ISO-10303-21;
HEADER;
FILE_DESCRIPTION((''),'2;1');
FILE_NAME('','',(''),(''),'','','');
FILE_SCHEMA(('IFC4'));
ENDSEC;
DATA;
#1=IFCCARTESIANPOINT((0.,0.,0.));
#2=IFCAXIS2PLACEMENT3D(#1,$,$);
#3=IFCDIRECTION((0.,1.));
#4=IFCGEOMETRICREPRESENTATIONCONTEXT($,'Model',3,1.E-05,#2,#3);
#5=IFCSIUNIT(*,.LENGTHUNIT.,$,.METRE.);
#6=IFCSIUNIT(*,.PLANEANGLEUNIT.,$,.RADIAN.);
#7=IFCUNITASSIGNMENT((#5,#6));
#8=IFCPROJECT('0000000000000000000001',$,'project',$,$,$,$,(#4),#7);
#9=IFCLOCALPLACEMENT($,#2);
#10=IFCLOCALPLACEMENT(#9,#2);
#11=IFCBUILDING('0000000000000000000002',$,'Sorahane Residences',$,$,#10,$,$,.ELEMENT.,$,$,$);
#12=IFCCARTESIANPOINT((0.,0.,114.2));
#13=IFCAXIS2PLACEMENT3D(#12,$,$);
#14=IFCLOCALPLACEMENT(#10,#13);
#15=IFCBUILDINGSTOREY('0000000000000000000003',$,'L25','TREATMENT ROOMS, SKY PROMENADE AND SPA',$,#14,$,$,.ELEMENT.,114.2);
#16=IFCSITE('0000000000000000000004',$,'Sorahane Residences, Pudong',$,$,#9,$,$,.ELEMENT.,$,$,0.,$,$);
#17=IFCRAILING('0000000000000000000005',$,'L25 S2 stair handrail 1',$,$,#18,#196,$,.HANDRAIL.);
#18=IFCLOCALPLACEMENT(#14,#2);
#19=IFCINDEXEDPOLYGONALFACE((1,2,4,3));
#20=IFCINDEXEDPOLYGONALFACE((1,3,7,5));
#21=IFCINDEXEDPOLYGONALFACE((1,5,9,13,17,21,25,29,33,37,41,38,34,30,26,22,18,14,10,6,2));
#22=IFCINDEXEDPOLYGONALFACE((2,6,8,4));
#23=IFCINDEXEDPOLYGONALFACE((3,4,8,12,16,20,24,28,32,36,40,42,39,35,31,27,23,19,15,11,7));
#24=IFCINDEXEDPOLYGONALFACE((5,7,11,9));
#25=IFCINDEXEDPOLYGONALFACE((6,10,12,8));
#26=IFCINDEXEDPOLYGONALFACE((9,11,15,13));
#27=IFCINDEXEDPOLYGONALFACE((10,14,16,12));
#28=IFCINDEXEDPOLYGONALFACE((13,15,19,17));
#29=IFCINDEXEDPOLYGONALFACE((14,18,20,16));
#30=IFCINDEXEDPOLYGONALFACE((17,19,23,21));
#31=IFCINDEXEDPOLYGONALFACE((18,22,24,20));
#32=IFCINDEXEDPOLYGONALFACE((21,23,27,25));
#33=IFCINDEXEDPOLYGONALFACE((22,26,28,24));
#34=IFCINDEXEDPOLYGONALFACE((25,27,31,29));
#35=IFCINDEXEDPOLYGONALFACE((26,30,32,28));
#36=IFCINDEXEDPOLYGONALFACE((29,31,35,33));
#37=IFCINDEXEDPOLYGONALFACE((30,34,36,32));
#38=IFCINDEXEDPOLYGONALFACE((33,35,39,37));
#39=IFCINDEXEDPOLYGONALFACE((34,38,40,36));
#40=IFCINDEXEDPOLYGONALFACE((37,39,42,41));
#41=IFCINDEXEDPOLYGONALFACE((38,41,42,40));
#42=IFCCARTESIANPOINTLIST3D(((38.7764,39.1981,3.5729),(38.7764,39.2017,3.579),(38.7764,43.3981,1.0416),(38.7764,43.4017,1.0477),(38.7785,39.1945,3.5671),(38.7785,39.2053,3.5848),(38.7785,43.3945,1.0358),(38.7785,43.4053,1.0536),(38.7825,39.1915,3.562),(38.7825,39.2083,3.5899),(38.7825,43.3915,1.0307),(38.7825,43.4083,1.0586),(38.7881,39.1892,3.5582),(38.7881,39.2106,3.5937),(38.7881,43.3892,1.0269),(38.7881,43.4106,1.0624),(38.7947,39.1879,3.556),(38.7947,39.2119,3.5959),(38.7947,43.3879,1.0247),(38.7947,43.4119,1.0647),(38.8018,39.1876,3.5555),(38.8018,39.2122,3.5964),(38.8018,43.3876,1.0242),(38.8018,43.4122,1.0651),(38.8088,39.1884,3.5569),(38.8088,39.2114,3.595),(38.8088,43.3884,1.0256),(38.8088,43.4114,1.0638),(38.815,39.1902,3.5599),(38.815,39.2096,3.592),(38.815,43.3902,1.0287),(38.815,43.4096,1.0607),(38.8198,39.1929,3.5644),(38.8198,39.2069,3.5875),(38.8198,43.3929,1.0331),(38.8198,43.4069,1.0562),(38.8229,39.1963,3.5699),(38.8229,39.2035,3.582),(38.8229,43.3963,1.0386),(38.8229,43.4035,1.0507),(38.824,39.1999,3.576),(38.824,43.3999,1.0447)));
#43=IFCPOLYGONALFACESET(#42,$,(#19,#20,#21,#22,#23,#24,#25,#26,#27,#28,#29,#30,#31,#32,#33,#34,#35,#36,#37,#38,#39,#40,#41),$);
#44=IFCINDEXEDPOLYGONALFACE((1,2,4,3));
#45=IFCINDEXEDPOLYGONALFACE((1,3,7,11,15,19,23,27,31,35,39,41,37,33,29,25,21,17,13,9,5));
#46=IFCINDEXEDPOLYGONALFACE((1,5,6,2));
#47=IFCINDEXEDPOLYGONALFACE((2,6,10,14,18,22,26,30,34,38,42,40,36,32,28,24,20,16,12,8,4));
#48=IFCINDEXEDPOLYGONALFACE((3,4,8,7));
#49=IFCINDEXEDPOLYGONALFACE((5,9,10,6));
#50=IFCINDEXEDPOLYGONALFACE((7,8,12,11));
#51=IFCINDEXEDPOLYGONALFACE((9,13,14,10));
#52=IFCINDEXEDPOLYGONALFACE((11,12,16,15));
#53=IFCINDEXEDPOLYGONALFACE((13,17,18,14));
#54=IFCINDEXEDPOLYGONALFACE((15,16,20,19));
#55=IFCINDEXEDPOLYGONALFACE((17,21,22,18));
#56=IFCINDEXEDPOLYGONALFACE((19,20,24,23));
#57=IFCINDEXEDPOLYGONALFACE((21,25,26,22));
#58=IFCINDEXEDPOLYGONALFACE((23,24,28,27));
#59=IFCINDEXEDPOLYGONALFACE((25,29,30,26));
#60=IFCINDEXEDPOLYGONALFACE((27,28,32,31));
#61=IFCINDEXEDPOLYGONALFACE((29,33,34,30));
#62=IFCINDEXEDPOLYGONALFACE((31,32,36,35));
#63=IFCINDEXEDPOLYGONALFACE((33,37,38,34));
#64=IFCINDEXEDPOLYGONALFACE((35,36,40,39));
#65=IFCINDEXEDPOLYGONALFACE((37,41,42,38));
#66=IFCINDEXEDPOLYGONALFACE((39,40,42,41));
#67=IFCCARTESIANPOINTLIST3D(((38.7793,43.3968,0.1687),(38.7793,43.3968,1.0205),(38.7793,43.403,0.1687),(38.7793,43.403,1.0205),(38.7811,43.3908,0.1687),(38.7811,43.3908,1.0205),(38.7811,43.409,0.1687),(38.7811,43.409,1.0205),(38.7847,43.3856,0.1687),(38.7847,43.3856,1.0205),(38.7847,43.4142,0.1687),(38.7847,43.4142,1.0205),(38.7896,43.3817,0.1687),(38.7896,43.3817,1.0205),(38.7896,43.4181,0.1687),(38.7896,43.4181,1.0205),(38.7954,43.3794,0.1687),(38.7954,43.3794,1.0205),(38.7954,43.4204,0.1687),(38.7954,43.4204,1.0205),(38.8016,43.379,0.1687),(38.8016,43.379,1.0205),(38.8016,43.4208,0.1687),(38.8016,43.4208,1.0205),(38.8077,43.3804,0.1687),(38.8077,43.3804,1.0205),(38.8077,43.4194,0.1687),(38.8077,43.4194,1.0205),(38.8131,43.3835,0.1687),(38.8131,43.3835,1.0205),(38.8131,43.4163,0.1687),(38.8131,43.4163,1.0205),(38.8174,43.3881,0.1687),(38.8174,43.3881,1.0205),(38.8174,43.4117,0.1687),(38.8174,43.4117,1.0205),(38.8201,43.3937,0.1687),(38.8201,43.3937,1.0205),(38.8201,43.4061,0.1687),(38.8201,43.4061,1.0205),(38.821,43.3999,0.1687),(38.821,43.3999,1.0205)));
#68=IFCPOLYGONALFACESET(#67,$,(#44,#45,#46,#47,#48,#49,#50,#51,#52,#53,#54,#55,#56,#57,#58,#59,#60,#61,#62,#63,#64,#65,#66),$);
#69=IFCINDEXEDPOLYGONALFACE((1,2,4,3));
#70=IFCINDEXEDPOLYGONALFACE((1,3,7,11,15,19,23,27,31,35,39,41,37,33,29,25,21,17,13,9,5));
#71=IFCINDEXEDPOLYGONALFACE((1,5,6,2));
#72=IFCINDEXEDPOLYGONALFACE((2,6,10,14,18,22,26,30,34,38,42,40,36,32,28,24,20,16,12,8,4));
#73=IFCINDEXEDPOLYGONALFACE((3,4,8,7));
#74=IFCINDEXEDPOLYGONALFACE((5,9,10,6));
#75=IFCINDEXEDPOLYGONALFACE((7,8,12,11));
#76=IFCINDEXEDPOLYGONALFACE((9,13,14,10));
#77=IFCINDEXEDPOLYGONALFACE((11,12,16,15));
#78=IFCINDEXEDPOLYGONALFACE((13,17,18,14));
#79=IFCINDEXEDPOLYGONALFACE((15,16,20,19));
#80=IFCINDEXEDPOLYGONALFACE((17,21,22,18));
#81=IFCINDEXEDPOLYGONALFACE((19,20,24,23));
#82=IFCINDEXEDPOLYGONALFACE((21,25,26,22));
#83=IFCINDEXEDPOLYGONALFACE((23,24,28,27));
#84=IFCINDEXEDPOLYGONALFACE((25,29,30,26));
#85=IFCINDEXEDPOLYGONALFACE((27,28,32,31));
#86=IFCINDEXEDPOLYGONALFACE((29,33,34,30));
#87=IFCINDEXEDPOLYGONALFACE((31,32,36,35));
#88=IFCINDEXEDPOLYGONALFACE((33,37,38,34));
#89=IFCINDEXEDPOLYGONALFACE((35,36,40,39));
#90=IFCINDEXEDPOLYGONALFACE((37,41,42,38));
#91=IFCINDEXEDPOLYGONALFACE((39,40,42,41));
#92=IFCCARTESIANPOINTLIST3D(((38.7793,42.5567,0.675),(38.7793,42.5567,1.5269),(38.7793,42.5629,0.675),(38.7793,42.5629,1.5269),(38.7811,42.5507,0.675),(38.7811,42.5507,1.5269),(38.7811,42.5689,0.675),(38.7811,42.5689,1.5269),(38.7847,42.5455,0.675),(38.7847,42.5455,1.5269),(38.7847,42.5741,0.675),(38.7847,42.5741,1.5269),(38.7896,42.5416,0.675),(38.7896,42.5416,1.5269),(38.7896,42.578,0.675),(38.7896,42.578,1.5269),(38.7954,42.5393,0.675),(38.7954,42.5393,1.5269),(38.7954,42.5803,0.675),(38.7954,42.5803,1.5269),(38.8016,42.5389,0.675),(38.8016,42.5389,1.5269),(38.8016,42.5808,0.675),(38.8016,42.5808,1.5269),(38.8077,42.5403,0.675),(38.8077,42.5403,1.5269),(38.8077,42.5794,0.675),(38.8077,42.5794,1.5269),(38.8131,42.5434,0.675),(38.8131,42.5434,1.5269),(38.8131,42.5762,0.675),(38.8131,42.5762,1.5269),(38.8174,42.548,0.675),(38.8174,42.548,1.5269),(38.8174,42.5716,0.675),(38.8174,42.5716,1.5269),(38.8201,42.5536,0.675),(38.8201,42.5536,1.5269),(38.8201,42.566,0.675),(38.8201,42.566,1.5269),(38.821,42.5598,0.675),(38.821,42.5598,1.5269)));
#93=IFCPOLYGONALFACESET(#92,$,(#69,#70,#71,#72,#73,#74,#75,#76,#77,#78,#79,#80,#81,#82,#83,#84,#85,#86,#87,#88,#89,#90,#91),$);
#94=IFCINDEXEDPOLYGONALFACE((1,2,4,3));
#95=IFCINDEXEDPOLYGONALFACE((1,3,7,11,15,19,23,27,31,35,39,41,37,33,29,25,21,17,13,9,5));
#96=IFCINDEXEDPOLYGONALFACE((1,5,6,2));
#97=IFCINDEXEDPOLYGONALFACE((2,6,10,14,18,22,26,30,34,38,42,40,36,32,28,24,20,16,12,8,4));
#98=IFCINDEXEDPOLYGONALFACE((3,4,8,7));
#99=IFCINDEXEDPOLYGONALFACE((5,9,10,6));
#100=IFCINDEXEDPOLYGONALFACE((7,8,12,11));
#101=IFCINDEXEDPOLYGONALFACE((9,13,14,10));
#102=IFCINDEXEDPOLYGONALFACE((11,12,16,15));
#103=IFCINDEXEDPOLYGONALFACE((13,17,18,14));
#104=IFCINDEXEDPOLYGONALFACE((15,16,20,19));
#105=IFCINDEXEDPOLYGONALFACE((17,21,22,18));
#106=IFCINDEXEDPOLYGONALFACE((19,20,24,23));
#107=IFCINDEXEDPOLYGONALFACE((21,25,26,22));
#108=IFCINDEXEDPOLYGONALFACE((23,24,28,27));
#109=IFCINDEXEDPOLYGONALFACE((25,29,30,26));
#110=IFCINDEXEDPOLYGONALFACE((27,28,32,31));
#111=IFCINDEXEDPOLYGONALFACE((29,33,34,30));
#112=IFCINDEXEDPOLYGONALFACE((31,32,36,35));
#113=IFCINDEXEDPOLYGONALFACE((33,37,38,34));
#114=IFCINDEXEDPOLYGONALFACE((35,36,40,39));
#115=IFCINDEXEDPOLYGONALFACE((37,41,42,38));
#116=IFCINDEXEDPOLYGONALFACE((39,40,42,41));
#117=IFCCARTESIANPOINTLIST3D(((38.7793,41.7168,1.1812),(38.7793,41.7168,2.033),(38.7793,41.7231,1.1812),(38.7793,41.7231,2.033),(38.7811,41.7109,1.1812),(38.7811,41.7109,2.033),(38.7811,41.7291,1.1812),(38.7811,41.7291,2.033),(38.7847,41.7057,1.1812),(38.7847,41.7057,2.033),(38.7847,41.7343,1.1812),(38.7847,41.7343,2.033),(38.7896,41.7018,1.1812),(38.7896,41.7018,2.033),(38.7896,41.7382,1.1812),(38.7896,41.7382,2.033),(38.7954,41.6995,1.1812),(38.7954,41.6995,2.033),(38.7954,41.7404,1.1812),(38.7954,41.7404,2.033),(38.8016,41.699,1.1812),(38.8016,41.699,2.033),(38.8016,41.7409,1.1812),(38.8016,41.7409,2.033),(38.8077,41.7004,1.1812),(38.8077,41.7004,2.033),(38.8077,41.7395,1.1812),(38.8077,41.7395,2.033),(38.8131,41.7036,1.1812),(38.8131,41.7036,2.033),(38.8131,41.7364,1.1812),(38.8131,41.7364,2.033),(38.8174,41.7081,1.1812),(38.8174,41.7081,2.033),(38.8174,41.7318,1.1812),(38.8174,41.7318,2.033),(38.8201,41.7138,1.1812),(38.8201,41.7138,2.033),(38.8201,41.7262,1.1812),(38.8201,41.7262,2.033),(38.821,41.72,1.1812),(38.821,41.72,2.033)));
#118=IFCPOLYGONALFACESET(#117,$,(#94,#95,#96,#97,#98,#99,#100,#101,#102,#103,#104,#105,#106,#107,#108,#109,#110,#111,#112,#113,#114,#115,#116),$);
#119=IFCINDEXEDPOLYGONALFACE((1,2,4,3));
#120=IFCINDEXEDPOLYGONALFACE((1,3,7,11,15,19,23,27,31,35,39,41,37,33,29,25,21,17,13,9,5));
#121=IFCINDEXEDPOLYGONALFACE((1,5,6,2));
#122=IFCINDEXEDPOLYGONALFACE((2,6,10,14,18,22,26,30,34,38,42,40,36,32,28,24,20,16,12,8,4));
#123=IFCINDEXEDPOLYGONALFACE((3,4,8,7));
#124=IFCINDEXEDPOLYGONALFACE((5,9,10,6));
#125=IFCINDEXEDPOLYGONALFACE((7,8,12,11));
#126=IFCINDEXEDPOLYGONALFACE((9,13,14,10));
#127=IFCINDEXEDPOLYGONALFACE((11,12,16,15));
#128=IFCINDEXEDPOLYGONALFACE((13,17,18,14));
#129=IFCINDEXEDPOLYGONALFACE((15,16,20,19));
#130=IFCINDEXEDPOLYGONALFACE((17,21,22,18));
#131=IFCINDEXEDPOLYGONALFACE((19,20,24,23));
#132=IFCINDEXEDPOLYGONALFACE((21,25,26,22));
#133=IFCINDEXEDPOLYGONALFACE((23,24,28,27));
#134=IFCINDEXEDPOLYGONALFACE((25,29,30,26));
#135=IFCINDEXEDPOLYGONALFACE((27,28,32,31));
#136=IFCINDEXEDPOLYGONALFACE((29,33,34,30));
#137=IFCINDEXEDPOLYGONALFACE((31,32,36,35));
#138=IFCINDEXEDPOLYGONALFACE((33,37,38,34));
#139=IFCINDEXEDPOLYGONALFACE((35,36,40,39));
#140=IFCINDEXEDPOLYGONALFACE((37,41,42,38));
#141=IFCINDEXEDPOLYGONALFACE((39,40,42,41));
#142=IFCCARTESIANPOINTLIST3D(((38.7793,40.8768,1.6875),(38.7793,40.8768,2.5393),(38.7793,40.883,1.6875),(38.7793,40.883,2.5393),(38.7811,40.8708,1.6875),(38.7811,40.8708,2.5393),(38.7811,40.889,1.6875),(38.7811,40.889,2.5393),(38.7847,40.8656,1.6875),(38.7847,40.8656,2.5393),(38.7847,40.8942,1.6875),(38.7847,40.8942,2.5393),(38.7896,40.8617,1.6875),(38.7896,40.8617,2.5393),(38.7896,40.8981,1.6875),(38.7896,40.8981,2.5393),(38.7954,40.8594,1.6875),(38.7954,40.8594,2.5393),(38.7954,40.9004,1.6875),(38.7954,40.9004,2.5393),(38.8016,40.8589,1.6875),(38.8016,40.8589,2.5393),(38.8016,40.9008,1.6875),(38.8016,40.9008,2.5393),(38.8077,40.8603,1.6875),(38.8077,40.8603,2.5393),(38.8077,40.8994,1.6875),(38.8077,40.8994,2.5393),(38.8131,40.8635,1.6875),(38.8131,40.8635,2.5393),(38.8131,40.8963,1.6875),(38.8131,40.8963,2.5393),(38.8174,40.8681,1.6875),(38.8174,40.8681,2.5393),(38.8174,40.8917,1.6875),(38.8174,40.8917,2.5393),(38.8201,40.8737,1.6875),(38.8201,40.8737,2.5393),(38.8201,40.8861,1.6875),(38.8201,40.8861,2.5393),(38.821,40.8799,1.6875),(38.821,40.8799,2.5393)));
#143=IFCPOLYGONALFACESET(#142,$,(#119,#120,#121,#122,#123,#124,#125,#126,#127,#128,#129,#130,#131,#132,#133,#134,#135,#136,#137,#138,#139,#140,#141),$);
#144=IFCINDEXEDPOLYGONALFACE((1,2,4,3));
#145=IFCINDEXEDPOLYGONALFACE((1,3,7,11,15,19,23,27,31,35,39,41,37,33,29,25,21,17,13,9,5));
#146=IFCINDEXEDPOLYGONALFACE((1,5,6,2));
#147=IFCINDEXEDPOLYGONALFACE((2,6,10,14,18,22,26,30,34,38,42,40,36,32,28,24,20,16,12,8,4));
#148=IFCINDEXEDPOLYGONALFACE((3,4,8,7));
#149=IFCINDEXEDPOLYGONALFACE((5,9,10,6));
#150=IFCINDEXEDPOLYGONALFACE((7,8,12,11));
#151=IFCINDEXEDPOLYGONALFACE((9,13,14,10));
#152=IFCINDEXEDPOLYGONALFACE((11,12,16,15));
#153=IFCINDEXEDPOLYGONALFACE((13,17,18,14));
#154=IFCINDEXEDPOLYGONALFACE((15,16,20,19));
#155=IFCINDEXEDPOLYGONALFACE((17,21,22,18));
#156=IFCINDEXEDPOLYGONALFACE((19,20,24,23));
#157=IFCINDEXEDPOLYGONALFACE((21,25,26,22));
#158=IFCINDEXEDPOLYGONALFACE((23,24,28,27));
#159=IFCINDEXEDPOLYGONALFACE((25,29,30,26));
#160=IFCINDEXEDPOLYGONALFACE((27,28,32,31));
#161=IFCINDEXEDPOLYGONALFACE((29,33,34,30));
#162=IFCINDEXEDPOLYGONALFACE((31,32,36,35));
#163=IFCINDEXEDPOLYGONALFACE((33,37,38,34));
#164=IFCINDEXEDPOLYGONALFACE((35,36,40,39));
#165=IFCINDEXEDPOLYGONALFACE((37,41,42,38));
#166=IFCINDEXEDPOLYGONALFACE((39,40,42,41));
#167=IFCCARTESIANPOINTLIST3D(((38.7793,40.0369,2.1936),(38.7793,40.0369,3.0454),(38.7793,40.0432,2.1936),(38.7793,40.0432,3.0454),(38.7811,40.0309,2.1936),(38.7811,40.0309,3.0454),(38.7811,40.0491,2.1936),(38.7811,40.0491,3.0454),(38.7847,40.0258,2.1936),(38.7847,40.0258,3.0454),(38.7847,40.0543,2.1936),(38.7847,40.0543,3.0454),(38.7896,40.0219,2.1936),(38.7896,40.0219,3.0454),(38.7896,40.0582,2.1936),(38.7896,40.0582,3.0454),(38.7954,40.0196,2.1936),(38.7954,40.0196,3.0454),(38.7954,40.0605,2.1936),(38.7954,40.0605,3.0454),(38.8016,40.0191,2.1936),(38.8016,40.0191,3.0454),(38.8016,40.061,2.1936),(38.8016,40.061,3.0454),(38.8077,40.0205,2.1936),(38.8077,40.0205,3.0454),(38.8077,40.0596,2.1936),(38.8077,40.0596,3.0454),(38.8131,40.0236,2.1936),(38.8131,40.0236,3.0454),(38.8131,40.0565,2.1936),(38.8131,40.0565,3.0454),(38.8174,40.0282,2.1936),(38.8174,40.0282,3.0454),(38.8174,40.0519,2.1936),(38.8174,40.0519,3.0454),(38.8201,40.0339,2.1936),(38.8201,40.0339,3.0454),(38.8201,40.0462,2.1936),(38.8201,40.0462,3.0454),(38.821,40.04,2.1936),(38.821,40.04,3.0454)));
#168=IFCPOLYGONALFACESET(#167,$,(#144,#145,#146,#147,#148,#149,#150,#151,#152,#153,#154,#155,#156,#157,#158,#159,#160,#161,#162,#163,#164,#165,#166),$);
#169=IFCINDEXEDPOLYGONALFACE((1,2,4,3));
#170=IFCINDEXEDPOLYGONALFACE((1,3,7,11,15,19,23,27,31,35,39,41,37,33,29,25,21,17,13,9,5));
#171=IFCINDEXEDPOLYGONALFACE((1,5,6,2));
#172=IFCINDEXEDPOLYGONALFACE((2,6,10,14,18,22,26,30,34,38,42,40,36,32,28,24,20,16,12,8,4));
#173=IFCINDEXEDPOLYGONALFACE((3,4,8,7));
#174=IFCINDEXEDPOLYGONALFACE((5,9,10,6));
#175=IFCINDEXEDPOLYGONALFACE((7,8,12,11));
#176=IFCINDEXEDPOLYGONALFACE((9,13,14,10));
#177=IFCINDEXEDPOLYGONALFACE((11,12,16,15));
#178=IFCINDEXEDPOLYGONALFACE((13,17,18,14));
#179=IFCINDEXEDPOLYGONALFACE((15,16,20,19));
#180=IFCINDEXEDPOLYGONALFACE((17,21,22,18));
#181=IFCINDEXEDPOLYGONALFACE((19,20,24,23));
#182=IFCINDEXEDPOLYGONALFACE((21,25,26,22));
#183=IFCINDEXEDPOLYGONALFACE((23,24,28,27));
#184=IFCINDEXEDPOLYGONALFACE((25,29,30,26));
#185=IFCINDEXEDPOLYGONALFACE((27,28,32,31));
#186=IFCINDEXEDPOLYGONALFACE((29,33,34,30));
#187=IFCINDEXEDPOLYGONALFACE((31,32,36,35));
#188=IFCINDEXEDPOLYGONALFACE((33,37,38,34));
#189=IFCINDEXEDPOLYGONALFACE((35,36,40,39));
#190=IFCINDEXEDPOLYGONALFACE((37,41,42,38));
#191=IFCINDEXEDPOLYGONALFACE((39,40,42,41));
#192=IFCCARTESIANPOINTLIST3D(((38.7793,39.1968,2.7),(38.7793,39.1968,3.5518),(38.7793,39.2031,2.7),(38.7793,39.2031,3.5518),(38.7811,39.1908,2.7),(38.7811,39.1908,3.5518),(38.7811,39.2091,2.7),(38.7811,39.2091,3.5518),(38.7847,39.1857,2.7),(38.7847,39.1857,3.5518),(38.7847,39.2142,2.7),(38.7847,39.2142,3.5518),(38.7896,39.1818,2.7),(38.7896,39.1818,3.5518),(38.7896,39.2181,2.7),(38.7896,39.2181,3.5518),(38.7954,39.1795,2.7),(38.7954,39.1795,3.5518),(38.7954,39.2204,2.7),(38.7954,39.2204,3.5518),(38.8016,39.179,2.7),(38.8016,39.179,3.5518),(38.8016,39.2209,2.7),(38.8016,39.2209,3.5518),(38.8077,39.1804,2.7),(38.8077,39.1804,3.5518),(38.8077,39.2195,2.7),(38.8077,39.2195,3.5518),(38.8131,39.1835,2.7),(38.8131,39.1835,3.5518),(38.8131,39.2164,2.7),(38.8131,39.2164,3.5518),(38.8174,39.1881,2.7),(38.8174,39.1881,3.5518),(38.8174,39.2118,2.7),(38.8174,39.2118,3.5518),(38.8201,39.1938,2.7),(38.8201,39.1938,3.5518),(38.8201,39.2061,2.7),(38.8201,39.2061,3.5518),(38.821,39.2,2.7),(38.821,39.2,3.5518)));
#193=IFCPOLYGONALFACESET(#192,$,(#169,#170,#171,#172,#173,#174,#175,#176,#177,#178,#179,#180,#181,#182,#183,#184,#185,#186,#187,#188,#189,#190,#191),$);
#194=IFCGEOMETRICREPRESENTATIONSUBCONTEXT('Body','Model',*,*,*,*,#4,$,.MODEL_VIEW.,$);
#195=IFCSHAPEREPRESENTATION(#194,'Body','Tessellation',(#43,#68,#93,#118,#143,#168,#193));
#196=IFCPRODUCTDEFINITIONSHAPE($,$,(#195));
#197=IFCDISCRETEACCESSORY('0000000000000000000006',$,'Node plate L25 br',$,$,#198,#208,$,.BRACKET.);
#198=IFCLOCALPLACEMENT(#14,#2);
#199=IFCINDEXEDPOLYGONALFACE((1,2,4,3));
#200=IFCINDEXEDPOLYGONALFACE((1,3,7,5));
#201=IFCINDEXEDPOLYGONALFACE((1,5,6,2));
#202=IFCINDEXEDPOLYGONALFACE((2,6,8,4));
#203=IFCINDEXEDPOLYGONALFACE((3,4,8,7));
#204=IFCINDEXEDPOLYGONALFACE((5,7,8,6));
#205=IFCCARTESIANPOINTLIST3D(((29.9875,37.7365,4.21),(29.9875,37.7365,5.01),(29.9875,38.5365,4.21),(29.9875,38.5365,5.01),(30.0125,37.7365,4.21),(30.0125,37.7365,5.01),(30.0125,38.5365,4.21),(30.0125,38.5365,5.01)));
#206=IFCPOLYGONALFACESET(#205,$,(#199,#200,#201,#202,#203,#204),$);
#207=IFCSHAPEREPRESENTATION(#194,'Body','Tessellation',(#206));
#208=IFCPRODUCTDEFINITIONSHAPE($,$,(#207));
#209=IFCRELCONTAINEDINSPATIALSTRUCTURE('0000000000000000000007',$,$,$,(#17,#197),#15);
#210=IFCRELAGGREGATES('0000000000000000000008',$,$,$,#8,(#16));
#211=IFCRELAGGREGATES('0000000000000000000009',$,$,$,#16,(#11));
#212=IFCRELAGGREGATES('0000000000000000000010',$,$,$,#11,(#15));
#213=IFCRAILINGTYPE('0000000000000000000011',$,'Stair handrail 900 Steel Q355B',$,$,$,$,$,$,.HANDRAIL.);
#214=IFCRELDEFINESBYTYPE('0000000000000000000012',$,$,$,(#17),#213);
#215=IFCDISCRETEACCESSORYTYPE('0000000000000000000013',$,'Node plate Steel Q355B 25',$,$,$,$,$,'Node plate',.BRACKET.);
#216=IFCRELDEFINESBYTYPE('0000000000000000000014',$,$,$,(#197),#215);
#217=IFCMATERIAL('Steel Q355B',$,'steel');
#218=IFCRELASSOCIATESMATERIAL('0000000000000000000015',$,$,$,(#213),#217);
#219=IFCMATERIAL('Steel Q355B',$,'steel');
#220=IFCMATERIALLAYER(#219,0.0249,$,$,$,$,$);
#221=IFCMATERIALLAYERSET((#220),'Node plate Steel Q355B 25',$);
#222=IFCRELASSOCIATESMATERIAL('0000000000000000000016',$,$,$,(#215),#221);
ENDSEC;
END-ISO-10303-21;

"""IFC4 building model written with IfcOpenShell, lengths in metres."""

from ifc_helpers import new_model, si_unit, direction, frame, origin, origin_2d, place, context, subcontext, project, spatial, rectangle, circle, extrude, material, layer, layer_set, type_object, element, save


model = new_model("IFC4")

# Units and contexts
model_context = context("Model", 3, precision=1e-05, world=origin(), true_north=direction((0.0, 1.0)))
body_context = subcontext(model_context, "Body", "Model", "MODEL_VIEW")
ifc_project = project(units=[si_unit("LENGTHUNIT", "METRE"), si_unit("PLANEANGLEUNIT", "RADIAN")], contexts=[model_context])

# Site, building, storey
site_placement = place(None, origin())
site = spatial("IfcSite", under=ifc_project, at=site_placement, Name="Sorahane Residences, Pudong", CompositionType="ELEMENT", RefElevation=0.0)
building_placement = place(site_placement, origin())
building = spatial("IfcBuilding", under=site, at=building_placement, Name="Sorahane Residences", CompositionType="ELEMENT")
storey_placement = place(building_placement, frame((0.0, 0.0, 114.2)))
storey = spatial("IfcBuildingStorey", under=building, at=storey_placement, Name="L25", Description="TREATMENT ROOMS, SKY PROMENADE AND SPA", CompositionType="ELEMENT", Elevation=114.2)

# Railing
ifc_material_1 = material(Name="Steel Q355B", Category="steel")
railing_type_1 = type_object("IfcRailingType", Name="Stair handrail 900 Steel Q355B", PredefinedType="HANDRAIL", material=ifc_material_1)
railing_1_placement = place(storey_placement, frame((38.8, 43.3999, 0.1687)))
element("IfcRailing", 1, at=railing_1_placement, inside=storey, type_object=railing_type_1, Name="L25 S2 stair handrail 1", PredefinedType="HANDRAIL", context=body_context, shape_type="SweptSolid", body=[
    extrude(circle(Radius=0.0239, at=origin_2d()), frame((0.0, 0.0, 0.876), z_axis=(0.0, -0.856476, 0.516186), x_axis=(1.0, 0.0, 0.0)), (0.0, 0.0, 1.0), 4.9038),
    extrude(circle(Radius=0.021, at=origin_2d()), origin(), (0.0, 0.0, 1.0), 0.8518),
    extrude(circle(Radius=0.021, at=origin_2d()), frame((0.0, -0.8401, 0.5063)), (0.0, 0.0, 1.0), 0.8518),
    extrude(circle(Radius=0.021, at=origin_2d()), frame((0.0, -1.6799, 1.0125)), (0.0, 0.0, 1.0), 0.8518),
    extrude(circle(Radius=0.021, at=origin_2d()), frame((0.0, -2.52, 1.5188)), (0.0, 0.0, 1.0), 0.8518),
    extrude(circle(Radius=0.021, at=origin_2d()), frame((0.0, -3.3599, 2.0249)), (0.0, 0.0, 1.0), 0.8518),
    extrude(circle(Radius=0.021, at=origin_2d()), frame((0.0, -4.2, 2.5312)), (0.0, 0.0, 1.0), 0.8518),
])

# Discrete accessory
ifc_material_2 = material(Name="Steel Q355B", Category="steel")
ifc_layer_1 = layer(ifc_material_2, 0.0249)
ifc_layer_set_1 = layer_set([ifc_layer_1], Name="Node plate Steel Q355B 25")
discrete_accessory_type = type_object("IfcDiscreteAccessoryType", Name="Node plate Steel Q355B 25", ElementType="Node plate", PredefinedType="BRACKET", material=ifc_layer_set_1)
discrete_accessory_placement = place(storey_placement, frame((30.0, 38.1365, 4.21), z_axis=(0.0, 0.0, 1.0), x_axis=(0.0, 1.0, 0.0)))
element("IfcDiscreteAccessory", 2, at=discrete_accessory_placement, inside=storey, type_object=discrete_accessory_type, Name="Node plate L25 br", PredefinedType="BRACKET", context=body_context, shape_type="SweptSolid", body=[
    extrude(rectangle(XDim=0.8, YDim=0.0249, at=origin_2d()), origin(), (0.0, 0.0, 1.0), 0.8),
])

save(model, "model.ifc")
